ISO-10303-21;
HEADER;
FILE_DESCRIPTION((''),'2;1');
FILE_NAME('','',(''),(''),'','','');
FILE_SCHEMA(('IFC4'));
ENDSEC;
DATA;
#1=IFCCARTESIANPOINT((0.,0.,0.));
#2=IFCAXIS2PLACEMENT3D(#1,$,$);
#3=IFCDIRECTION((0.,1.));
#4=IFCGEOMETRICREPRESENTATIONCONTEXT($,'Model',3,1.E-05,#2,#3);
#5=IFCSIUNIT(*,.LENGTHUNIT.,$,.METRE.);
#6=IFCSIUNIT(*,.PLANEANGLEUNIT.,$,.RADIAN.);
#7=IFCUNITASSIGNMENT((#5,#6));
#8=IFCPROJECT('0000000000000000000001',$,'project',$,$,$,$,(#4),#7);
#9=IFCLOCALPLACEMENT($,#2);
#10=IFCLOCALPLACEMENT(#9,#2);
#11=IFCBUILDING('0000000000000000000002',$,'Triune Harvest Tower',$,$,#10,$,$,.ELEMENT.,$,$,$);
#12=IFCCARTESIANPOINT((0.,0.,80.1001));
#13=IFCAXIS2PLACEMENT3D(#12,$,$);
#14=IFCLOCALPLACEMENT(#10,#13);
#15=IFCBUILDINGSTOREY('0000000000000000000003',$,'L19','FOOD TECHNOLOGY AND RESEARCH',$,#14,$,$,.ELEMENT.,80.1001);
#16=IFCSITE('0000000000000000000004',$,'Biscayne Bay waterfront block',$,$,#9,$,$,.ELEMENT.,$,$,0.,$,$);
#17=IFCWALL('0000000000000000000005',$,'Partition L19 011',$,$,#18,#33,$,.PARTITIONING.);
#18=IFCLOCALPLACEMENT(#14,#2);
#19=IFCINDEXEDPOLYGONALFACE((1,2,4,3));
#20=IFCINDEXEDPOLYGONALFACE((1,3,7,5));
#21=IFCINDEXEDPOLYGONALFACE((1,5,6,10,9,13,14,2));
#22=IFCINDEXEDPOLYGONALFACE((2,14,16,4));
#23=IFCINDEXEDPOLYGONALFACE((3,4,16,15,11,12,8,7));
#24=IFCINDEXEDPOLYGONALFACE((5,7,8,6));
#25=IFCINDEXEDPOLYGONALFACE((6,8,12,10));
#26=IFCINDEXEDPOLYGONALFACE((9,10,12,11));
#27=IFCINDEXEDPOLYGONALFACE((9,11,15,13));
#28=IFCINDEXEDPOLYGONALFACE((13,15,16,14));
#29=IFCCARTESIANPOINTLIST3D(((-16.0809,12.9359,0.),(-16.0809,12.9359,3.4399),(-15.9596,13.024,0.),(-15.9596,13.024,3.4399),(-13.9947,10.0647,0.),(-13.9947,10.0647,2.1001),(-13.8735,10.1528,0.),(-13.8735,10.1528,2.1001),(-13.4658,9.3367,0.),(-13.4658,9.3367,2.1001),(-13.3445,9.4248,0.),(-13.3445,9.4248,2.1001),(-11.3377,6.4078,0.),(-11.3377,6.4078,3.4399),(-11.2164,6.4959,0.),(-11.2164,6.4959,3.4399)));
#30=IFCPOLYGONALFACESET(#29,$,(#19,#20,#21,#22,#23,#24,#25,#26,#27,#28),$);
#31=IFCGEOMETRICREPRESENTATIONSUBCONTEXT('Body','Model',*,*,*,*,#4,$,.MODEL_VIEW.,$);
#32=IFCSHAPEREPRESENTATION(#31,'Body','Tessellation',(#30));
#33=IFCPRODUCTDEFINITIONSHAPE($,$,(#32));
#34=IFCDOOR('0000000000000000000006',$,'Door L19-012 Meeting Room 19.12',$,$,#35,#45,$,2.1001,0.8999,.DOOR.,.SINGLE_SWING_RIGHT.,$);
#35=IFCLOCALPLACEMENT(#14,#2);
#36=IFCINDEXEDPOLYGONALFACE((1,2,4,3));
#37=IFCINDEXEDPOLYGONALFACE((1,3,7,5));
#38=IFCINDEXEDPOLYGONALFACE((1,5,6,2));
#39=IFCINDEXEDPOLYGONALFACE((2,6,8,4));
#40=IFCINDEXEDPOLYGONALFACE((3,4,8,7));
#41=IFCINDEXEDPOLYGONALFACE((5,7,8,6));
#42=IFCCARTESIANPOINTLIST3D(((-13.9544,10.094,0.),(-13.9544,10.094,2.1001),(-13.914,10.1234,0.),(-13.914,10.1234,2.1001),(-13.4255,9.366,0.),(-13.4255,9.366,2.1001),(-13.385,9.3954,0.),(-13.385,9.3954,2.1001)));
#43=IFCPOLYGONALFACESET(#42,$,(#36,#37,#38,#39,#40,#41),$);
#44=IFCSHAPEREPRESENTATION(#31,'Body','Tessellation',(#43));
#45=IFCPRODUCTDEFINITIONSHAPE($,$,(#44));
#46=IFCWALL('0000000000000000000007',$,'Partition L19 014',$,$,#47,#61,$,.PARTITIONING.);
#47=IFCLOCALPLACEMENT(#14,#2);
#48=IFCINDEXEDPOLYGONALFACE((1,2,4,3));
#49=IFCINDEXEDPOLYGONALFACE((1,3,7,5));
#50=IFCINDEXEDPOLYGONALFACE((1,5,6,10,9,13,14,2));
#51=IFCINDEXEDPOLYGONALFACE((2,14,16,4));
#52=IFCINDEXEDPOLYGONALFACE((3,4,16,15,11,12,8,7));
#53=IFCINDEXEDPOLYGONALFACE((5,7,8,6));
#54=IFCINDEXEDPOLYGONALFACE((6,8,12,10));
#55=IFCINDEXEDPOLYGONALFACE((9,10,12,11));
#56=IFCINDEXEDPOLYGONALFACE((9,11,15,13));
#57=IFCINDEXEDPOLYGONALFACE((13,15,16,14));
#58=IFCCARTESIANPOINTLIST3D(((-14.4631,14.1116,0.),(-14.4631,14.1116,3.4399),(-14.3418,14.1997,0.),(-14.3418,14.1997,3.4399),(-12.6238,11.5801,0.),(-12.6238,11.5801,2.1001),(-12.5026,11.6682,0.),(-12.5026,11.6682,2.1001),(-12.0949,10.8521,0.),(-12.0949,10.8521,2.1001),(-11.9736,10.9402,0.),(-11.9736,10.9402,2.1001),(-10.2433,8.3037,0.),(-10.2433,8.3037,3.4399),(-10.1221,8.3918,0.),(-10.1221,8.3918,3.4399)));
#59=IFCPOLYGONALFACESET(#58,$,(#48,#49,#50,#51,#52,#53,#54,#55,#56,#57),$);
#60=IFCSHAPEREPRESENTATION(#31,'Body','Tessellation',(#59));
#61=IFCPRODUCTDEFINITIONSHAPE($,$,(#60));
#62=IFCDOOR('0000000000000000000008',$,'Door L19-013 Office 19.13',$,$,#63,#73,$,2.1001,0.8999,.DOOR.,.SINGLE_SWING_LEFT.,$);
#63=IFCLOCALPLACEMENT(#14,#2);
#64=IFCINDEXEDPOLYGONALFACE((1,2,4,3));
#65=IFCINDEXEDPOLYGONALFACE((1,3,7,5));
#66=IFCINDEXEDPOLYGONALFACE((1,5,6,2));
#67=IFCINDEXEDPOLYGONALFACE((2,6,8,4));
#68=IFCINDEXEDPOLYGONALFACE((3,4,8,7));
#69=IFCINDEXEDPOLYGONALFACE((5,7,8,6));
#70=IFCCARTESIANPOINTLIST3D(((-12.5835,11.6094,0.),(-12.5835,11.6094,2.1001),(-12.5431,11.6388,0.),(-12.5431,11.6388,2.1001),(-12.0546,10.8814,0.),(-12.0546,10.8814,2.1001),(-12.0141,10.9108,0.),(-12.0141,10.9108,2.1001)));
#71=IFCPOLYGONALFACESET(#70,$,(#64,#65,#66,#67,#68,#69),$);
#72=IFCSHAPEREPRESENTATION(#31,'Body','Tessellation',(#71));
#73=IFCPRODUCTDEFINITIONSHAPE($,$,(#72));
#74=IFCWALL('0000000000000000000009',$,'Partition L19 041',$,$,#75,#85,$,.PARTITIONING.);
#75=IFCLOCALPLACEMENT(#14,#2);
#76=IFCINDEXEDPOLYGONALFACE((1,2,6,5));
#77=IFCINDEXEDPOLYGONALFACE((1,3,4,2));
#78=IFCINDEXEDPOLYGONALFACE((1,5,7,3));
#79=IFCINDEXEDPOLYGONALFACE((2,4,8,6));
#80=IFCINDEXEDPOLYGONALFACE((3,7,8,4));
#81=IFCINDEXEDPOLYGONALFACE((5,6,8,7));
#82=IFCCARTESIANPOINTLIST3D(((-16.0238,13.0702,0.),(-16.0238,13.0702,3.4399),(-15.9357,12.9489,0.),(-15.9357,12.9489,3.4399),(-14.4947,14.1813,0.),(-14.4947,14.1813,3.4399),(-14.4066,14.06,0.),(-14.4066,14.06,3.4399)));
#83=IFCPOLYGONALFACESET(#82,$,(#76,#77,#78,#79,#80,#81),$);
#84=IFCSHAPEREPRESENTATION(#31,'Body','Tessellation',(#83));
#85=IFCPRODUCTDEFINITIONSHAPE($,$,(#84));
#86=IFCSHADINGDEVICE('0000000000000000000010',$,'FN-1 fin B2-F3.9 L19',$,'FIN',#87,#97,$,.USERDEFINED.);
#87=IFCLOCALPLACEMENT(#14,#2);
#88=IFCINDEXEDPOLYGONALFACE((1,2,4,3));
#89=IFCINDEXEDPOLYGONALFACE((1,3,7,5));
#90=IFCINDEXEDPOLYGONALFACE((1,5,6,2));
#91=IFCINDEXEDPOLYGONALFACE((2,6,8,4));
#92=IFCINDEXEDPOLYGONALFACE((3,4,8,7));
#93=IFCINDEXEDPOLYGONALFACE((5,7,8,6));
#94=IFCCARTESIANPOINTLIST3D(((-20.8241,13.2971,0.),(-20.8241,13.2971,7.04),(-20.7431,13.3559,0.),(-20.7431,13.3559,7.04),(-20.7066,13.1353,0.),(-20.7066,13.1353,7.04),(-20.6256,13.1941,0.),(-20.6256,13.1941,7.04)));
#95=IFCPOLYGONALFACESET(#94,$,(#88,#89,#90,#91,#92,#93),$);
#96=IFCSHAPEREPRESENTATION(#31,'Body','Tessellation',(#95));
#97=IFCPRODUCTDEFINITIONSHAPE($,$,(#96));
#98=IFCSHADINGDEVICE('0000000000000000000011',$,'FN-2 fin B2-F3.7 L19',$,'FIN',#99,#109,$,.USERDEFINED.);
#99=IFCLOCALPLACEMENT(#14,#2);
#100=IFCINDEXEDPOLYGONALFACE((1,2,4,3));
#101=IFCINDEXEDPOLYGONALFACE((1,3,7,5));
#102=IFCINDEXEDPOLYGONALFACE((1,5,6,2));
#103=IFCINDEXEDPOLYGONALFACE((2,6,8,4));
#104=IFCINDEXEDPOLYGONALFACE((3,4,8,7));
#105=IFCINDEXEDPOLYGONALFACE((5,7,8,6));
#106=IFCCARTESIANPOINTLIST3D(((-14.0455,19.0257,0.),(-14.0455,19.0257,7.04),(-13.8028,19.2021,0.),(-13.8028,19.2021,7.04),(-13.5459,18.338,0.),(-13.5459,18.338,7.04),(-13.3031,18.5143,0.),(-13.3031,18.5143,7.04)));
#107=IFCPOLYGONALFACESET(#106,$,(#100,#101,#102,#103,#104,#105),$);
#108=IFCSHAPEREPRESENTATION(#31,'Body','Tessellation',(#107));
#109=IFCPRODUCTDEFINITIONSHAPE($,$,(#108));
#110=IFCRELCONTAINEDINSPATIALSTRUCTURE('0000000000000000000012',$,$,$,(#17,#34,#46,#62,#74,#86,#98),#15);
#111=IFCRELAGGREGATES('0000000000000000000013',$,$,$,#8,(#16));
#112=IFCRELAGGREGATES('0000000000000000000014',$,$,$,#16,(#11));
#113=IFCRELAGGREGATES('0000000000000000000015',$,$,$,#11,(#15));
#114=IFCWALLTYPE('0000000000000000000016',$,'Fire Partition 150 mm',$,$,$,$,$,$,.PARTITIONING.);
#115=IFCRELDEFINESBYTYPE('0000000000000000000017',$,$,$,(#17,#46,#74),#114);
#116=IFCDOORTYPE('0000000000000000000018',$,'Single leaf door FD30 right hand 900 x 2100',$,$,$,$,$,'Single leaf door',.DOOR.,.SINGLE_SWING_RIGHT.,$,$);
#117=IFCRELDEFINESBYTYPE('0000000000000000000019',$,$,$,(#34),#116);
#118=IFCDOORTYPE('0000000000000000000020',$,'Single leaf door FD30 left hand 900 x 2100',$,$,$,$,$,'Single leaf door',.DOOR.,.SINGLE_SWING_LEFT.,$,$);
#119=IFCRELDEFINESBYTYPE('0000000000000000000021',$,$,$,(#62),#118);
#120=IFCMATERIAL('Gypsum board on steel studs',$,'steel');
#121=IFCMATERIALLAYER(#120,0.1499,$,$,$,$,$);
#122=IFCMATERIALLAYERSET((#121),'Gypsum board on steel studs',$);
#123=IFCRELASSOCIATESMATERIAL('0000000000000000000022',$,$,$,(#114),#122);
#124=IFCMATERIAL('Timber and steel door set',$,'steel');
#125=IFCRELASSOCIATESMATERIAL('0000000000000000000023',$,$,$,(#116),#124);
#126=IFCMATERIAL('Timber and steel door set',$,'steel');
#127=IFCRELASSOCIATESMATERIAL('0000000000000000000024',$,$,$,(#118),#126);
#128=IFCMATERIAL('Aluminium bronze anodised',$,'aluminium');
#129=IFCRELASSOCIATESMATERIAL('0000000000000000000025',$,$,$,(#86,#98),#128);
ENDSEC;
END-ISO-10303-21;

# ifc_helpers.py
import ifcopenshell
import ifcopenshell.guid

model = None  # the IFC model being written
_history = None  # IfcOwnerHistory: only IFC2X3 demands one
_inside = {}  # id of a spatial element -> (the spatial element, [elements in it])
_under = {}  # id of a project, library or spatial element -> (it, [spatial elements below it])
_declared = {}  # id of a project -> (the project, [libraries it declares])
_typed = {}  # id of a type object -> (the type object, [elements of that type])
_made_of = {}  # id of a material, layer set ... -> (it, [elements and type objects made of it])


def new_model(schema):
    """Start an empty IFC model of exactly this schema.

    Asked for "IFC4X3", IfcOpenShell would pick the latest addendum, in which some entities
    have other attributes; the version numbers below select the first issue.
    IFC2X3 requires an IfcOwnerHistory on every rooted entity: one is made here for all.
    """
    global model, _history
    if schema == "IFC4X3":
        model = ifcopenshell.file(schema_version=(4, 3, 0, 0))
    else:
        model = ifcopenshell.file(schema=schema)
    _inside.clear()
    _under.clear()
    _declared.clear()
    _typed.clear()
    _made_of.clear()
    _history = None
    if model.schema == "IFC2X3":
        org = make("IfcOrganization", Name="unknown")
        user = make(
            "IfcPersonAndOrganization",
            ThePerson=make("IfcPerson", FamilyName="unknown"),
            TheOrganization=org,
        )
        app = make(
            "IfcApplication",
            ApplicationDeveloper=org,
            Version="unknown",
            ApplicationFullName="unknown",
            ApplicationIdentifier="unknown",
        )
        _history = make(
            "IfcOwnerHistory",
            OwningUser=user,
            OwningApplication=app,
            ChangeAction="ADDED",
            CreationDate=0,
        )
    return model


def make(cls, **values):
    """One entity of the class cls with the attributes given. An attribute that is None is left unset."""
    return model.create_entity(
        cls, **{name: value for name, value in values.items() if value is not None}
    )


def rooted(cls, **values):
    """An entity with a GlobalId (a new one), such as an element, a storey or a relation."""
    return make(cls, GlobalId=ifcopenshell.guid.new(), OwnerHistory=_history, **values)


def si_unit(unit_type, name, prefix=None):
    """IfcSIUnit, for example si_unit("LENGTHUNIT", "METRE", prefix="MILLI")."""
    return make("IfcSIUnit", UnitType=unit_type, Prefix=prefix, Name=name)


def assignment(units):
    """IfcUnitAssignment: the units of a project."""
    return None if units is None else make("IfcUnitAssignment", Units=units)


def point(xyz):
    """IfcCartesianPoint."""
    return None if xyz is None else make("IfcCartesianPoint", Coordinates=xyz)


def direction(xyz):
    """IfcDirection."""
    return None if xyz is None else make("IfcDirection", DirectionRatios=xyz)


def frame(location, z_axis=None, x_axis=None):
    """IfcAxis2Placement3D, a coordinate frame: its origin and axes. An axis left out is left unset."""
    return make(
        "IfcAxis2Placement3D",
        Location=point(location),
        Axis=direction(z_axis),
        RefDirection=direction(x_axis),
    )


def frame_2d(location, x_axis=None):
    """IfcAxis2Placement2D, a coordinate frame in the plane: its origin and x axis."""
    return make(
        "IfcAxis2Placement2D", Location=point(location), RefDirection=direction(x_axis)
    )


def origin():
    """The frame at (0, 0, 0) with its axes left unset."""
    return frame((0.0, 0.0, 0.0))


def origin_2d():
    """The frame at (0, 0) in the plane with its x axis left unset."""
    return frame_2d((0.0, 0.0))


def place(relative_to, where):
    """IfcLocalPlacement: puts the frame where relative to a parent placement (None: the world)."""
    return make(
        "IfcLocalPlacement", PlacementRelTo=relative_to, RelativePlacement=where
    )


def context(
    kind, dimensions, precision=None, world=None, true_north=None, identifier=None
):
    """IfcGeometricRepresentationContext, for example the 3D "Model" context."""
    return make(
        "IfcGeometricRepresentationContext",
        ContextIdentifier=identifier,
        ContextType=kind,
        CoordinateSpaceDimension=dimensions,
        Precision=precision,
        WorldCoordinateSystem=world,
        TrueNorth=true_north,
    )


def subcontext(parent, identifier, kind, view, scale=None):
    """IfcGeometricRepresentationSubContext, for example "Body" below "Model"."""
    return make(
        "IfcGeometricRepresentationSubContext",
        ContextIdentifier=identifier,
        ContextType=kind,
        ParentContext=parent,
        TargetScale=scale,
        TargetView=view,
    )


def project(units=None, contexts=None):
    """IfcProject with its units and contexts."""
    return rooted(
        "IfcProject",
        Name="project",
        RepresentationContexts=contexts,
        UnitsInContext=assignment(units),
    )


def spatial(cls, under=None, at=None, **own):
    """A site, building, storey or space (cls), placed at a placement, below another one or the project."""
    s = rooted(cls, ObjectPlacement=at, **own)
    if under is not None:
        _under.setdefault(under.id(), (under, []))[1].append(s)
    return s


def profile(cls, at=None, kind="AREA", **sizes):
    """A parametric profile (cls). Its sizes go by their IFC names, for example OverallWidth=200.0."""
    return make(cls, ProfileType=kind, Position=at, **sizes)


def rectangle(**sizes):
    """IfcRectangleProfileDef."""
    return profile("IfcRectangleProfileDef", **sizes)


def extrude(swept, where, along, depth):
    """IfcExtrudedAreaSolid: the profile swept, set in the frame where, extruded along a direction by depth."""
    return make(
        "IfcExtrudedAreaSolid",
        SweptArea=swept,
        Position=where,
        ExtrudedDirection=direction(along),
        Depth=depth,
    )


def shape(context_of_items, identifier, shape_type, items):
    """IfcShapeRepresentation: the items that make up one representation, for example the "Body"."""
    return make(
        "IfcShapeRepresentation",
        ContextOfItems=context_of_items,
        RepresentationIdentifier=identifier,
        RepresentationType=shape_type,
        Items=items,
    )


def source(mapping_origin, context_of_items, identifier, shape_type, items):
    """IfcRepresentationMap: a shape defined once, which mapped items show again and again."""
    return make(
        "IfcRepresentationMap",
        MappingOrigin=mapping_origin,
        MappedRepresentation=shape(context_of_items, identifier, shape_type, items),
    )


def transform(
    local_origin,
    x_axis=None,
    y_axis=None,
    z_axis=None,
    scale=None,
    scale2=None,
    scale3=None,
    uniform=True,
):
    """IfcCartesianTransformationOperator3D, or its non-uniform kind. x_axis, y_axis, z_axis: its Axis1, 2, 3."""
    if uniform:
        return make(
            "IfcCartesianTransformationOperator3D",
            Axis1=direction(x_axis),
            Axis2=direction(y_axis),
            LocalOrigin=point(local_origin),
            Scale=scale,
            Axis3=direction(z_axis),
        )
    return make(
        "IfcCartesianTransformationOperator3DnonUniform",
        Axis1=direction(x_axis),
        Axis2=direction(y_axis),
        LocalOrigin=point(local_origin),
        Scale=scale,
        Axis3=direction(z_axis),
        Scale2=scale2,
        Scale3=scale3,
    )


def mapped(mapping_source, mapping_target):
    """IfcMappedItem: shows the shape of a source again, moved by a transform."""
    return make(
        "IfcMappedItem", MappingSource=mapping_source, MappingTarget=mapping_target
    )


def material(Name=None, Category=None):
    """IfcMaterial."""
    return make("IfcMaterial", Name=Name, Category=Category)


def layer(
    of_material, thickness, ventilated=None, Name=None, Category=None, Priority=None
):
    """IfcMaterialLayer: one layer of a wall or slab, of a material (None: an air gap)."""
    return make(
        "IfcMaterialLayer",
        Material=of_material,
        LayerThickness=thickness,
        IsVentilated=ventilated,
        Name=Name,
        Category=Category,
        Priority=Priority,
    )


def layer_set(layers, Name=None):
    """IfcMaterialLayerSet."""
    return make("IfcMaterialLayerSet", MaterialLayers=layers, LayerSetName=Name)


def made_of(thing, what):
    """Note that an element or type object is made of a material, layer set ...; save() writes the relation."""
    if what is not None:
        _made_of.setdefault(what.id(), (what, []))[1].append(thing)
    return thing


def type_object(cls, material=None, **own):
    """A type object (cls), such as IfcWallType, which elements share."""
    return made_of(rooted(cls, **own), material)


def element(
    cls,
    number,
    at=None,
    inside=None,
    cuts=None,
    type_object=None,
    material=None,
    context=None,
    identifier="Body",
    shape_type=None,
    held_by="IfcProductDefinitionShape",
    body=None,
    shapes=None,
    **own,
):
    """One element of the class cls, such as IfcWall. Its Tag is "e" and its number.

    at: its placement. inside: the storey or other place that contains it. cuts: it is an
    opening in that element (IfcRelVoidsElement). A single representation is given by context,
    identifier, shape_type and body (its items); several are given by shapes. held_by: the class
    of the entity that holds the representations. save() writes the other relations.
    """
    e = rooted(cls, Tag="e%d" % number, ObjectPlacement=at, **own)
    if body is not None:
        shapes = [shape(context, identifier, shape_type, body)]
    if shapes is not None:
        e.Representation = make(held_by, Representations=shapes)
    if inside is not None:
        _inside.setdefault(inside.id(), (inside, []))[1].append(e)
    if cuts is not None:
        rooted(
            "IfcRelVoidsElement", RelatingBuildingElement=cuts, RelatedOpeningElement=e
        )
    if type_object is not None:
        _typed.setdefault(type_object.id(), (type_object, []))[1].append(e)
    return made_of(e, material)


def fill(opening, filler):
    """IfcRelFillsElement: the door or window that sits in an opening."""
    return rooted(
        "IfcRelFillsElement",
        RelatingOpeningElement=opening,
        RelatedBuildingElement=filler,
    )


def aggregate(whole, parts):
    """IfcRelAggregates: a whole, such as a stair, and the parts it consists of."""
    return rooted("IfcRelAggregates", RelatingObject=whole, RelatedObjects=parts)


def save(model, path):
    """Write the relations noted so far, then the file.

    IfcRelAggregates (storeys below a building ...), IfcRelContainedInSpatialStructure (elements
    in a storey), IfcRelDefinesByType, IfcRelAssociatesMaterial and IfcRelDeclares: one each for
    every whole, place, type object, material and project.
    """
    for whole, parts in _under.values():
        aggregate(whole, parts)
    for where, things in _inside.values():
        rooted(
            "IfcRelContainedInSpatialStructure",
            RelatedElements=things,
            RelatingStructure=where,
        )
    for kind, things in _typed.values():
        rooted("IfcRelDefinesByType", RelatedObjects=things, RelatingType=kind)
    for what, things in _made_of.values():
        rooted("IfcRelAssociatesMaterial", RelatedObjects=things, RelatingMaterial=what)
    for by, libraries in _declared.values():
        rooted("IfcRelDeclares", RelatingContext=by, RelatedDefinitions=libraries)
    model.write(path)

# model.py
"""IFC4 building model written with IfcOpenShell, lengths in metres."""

from ifc_helpers import new_model, si_unit, direction, frame, frame_2d, origin, origin_2d, place, context, subcontext, project, spatial, rectangle, extrude, source, transform, mapped, material, layer, layer_set, type_object, element, fill, save


model = new_model("IFC4")

# Units and contexts
model_context = context("Model", 3, precision=1e-05, world=origin(), true_north=direction((0.0, 1.0)))
body_context = subcontext(model_context, "Body", "Model", "MODEL_VIEW")
ifc_project = project(units=[si_unit("LENGTHUNIT", "METRE"), si_unit("PLANEANGLEUNIT", "RADIAN")], contexts=[model_context])

# Site, building, storey
site_placement = place(None, origin())
site = spatial("IfcSite", under=ifc_project, at=site_placement, Name="Biscayne Bay waterfront block", CompositionType="ELEMENT", RefElevation=0.0)
building_placement = place(site_placement, origin())
building = spatial("IfcBuilding", under=site, at=building_placement, Name="Triune Harvest Tower", CompositionType="ELEMENT")
storey_placement = place(building_placement, frame((0.0, 0.0, 80.1001)))
storey = spatial("IfcBuildingStorey", under=building, at=storey_placement, Name="L19", Description="FOOD TECHNOLOGY AND RESEARCH", CompositionType="ELEMENT", Elevation=80.1001)

# Walls, openings, doors
ifc_material_1 = material(Name="Gypsum board on steel studs", Category="steel")
ifc_layer_1 = layer(ifc_material_1, 0.1499)
ifc_layer_set_1 = layer_set([ifc_layer_1], Name="Gypsum board on steel studs")
wall_type_1 = type_object("IfcWallType", Name="Fire Partition 150 mm", PredefinedType="PARTITIONING", material=ifc_layer_set_1)
shared_shape_1 = source(origin(), body_context, "Body", "SweptSolid", [
    extrude(rectangle(XDim=8.0693, YDim=0.1499, at=frame_2d((4.0347, 0.0))), origin(), (0.0, 0.0, 1.0), 3.4399),
])
wall_1_placement = place(storey_placement, frame((-16.0203, 12.98, 0.0), z_axis=(0.0, 0.0, 1.0), x_axis=(0.587805, -0.809003, 0.0)))
wall_1 = element("IfcWall", 1, at=wall_1_placement, inside=storey, type_object=wall_type_1, Name="Partition L19 011", PredefinedType="PARTITIONING", context=body_context, shape_type="MappedRepresentation", body=[
    mapped(shared_shape_1, transform((0.0, 0.0, 0.0), scale=1.0)),
])
opening_1_placement = place(wall_1_placement, frame((3.5491, 0.0, 0.0)))
opening_1 = element("IfcOpeningElement", 2, at=opening_1_placement, cuts=wall_1, PredefinedType="OPENING", context=body_context, shape_type="SweptSolid", body=[
    extrude(rectangle(XDim=0.8999, YDim=2.1001, at=frame_2d((0.45, 1.05))), frame((0.0, 0.085, 0.0), z_axis=(0.0, -1.0, 0.0), x_axis=(1.0, 0.0, 0.0)), (0.0, 0.0, 1.0), 0.1699),
])
ifc_material_2 = material(Name="Timber and steel door set", Category="steel")
door_type_1 = type_object("IfcDoorType", Name="Single leaf door FD30 right hand 900 x 2100", ElementType="Single leaf door", OperationType="SINGLE_SWING_RIGHT", PredefinedType="DOOR", material=ifc_material_2)
door_1_placement = place(opening_1_placement, origin())
door_1 = element("IfcDoor", 3, at=door_1_placement, inside=storey, type_object=door_type_1, Name="Door L19-012 Meeting Room 19.12", OperationType="SINGLE_SWING_RIGHT", OverallHeight=2.1001, OverallWidth=0.8999, PredefinedType="DOOR", context=body_context, shape_type="SweptSolid", body=[
    extrude(rectangle(XDim=0.8999, YDim=2.1001, at=frame_2d((0.45, 1.05))), frame((0.0, 0.0249, 0.0), z_axis=(0.0, -1.0, 0.0), x_axis=(1.0, 0.0, 0.0)), (0.0, 0.0, 1.0), 0.05),
])
fill(opening_1, door_1)
shared_shape_2 = source(origin(), body_context, "Body", "SweptSolid", [
    extrude(rectangle(XDim=7.179, YDim=0.1499, at=frame_2d((3.5894, 0.0))), origin(), (0.0, 0.0, 1.0), 3.4399),
])
wall_2_placement = place(storey_placement, frame((-14.4023, 14.1555, 0.0), z_axis=(0.0, 0.0, 1.0), x_axis=(0.587791, -0.809012, 0.0)))
wall_2 = element("IfcWall", 4, at=wall_2_placement, inside=storey, type_object=wall_type_1, Name="Partition L19 014", PredefinedType="PARTITIONING", context=body_context, shape_type="MappedRepresentation", body=[
    mapped(shared_shape_2, transform((0.0, 0.0, 0.0), scale=1.0)),
])
opening_2_placement = place(wall_2_placement, frame((3.1289, 0.0, 0.0)))
opening_2 = element("IfcOpeningElement", 5, at=opening_2_placement, cuts=wall_2, PredefinedType="OPENING", context=body_context, shape_type="SweptSolid", body=[
    extrude(rectangle(XDim=0.8999, YDim=2.1001, at=frame_2d((0.45, 1.05))), frame((0.0, 0.085, 0.0), z_axis=(0.0, -1.0, 0.0), x_axis=(1.0, 0.0, 0.0)), (0.0, 0.0, 1.0), 0.1699),
])
ifc_material_3 = material(Name="Timber and steel door set", Category="steel")
door_type_2 = type_object("IfcDoorType", Name="Single leaf door FD30 left hand 900 x 2100", ElementType="Single leaf door", OperationType="SINGLE_SWING_LEFT", PredefinedType="DOOR", material=ifc_material_3)
door_2_placement = place(opening_2_placement, origin())
door_2 = element("IfcDoor", 6, at=door_2_placement, inside=storey, type_object=door_type_2, Name="Door L19-013 Office 19.13", OperationType="SINGLE_SWING_LEFT", OverallHeight=2.1001, OverallWidth=0.8999, PredefinedType="DOOR", context=body_context, shape_type="SweptSolid", body=[
    extrude(rectangle(XDim=0.8999, YDim=2.1001, at=frame_2d((0.45, 1.05))), frame((0.0, 0.0249, 0.0), z_axis=(0.0, -1.0, 0.0), x_axis=(1.0, 0.0, 0.0)), (0.0, 0.0, 1.0), 0.05),
])
fill(opening_2, door_2)

# Wall
shared_shape_3 = source(origin(), body_context, "Body", "SweptSolid", [
    extrude(rectangle(XDim=1.8901, YDim=0.1499, at=frame_2d((0.9451, 0.0))), origin(), (0.0, 0.0, 1.0), 3.4399),
])
wall_3_placement = place(storey_placement, frame((-15.9797, 13.0095, 0.0), z_axis=(0.0, 0.0, 1.0), x_axis=(0.808976, 0.587841, 0.0)))
element("IfcWall", 7, at=wall_3_placement, inside=storey, type_object=wall_type_1, Name="Partition L19 041", PredefinedType="PARTITIONING", context=body_context, shape_type="MappedRepresentation", body=[
    mapped(shared_shape_3, transform((0.0, 0.0, 0.0), scale=1.0)),
])

# Shading devices
ifc_material_4 = material(Name="Aluminium bronze anodised", Category="aluminium")
shared_shape_4 = source(origin(), body_context, "Body", "SweptSolid", [
    extrude(rectangle(XDim=0.1001, YDim=0.2, at=origin_2d()), origin(), (0.0, 0.0, 1.0), 7.04),
])
shading_device_1_placement = place(storey_placement, frame((-20.7249, 13.2456, 0.0), z_axis=(0.0, 0.0, 1.0), x_axis=(-0.809017, -0.587785, 0.0)))
element("IfcShadingDevice", 8, at=shading_device_1_placement, inside=storey, material=ifc_material_4, Name="FN-1 fin B2-F3.9 L19", ObjectType="FIN", PredefinedType="USERDEFINED", context=body_context, shape_type="MappedRepresentation", body=[
    mapped(shared_shape_4, transform((0.0, 0.0, 0.0), scale=1.0)),
])
shared_shape_5 = source(origin(), body_context, "Body", "SweptSolid", [
    extrude(rectangle(XDim=0.3, YDim=0.8501, at=origin_2d()), origin(), (0.0, 0.0, 1.0), 7.04),
])
shading_device_2_placement = place(storey_placement, frame((-13.6743, 18.77, 0.0), z_axis=(0.0, 0.0, 1.0), x_axis=(-0.809017, -0.587785, 0.0)))
element("IfcShadingDevice", 9, at=shading_device_2_placement, inside=storey, material=ifc_material_4, Name="FN-2 fin B2-F3.7 L19", ObjectType="FIN", PredefinedType="USERDEFINED", context=body_context, shape_type="MappedRepresentation", body=[
    mapped(shared_shape_5, transform((0.0, 0.0, 0.0), scale=1.0)),
])

save(model, "model.ifc")
